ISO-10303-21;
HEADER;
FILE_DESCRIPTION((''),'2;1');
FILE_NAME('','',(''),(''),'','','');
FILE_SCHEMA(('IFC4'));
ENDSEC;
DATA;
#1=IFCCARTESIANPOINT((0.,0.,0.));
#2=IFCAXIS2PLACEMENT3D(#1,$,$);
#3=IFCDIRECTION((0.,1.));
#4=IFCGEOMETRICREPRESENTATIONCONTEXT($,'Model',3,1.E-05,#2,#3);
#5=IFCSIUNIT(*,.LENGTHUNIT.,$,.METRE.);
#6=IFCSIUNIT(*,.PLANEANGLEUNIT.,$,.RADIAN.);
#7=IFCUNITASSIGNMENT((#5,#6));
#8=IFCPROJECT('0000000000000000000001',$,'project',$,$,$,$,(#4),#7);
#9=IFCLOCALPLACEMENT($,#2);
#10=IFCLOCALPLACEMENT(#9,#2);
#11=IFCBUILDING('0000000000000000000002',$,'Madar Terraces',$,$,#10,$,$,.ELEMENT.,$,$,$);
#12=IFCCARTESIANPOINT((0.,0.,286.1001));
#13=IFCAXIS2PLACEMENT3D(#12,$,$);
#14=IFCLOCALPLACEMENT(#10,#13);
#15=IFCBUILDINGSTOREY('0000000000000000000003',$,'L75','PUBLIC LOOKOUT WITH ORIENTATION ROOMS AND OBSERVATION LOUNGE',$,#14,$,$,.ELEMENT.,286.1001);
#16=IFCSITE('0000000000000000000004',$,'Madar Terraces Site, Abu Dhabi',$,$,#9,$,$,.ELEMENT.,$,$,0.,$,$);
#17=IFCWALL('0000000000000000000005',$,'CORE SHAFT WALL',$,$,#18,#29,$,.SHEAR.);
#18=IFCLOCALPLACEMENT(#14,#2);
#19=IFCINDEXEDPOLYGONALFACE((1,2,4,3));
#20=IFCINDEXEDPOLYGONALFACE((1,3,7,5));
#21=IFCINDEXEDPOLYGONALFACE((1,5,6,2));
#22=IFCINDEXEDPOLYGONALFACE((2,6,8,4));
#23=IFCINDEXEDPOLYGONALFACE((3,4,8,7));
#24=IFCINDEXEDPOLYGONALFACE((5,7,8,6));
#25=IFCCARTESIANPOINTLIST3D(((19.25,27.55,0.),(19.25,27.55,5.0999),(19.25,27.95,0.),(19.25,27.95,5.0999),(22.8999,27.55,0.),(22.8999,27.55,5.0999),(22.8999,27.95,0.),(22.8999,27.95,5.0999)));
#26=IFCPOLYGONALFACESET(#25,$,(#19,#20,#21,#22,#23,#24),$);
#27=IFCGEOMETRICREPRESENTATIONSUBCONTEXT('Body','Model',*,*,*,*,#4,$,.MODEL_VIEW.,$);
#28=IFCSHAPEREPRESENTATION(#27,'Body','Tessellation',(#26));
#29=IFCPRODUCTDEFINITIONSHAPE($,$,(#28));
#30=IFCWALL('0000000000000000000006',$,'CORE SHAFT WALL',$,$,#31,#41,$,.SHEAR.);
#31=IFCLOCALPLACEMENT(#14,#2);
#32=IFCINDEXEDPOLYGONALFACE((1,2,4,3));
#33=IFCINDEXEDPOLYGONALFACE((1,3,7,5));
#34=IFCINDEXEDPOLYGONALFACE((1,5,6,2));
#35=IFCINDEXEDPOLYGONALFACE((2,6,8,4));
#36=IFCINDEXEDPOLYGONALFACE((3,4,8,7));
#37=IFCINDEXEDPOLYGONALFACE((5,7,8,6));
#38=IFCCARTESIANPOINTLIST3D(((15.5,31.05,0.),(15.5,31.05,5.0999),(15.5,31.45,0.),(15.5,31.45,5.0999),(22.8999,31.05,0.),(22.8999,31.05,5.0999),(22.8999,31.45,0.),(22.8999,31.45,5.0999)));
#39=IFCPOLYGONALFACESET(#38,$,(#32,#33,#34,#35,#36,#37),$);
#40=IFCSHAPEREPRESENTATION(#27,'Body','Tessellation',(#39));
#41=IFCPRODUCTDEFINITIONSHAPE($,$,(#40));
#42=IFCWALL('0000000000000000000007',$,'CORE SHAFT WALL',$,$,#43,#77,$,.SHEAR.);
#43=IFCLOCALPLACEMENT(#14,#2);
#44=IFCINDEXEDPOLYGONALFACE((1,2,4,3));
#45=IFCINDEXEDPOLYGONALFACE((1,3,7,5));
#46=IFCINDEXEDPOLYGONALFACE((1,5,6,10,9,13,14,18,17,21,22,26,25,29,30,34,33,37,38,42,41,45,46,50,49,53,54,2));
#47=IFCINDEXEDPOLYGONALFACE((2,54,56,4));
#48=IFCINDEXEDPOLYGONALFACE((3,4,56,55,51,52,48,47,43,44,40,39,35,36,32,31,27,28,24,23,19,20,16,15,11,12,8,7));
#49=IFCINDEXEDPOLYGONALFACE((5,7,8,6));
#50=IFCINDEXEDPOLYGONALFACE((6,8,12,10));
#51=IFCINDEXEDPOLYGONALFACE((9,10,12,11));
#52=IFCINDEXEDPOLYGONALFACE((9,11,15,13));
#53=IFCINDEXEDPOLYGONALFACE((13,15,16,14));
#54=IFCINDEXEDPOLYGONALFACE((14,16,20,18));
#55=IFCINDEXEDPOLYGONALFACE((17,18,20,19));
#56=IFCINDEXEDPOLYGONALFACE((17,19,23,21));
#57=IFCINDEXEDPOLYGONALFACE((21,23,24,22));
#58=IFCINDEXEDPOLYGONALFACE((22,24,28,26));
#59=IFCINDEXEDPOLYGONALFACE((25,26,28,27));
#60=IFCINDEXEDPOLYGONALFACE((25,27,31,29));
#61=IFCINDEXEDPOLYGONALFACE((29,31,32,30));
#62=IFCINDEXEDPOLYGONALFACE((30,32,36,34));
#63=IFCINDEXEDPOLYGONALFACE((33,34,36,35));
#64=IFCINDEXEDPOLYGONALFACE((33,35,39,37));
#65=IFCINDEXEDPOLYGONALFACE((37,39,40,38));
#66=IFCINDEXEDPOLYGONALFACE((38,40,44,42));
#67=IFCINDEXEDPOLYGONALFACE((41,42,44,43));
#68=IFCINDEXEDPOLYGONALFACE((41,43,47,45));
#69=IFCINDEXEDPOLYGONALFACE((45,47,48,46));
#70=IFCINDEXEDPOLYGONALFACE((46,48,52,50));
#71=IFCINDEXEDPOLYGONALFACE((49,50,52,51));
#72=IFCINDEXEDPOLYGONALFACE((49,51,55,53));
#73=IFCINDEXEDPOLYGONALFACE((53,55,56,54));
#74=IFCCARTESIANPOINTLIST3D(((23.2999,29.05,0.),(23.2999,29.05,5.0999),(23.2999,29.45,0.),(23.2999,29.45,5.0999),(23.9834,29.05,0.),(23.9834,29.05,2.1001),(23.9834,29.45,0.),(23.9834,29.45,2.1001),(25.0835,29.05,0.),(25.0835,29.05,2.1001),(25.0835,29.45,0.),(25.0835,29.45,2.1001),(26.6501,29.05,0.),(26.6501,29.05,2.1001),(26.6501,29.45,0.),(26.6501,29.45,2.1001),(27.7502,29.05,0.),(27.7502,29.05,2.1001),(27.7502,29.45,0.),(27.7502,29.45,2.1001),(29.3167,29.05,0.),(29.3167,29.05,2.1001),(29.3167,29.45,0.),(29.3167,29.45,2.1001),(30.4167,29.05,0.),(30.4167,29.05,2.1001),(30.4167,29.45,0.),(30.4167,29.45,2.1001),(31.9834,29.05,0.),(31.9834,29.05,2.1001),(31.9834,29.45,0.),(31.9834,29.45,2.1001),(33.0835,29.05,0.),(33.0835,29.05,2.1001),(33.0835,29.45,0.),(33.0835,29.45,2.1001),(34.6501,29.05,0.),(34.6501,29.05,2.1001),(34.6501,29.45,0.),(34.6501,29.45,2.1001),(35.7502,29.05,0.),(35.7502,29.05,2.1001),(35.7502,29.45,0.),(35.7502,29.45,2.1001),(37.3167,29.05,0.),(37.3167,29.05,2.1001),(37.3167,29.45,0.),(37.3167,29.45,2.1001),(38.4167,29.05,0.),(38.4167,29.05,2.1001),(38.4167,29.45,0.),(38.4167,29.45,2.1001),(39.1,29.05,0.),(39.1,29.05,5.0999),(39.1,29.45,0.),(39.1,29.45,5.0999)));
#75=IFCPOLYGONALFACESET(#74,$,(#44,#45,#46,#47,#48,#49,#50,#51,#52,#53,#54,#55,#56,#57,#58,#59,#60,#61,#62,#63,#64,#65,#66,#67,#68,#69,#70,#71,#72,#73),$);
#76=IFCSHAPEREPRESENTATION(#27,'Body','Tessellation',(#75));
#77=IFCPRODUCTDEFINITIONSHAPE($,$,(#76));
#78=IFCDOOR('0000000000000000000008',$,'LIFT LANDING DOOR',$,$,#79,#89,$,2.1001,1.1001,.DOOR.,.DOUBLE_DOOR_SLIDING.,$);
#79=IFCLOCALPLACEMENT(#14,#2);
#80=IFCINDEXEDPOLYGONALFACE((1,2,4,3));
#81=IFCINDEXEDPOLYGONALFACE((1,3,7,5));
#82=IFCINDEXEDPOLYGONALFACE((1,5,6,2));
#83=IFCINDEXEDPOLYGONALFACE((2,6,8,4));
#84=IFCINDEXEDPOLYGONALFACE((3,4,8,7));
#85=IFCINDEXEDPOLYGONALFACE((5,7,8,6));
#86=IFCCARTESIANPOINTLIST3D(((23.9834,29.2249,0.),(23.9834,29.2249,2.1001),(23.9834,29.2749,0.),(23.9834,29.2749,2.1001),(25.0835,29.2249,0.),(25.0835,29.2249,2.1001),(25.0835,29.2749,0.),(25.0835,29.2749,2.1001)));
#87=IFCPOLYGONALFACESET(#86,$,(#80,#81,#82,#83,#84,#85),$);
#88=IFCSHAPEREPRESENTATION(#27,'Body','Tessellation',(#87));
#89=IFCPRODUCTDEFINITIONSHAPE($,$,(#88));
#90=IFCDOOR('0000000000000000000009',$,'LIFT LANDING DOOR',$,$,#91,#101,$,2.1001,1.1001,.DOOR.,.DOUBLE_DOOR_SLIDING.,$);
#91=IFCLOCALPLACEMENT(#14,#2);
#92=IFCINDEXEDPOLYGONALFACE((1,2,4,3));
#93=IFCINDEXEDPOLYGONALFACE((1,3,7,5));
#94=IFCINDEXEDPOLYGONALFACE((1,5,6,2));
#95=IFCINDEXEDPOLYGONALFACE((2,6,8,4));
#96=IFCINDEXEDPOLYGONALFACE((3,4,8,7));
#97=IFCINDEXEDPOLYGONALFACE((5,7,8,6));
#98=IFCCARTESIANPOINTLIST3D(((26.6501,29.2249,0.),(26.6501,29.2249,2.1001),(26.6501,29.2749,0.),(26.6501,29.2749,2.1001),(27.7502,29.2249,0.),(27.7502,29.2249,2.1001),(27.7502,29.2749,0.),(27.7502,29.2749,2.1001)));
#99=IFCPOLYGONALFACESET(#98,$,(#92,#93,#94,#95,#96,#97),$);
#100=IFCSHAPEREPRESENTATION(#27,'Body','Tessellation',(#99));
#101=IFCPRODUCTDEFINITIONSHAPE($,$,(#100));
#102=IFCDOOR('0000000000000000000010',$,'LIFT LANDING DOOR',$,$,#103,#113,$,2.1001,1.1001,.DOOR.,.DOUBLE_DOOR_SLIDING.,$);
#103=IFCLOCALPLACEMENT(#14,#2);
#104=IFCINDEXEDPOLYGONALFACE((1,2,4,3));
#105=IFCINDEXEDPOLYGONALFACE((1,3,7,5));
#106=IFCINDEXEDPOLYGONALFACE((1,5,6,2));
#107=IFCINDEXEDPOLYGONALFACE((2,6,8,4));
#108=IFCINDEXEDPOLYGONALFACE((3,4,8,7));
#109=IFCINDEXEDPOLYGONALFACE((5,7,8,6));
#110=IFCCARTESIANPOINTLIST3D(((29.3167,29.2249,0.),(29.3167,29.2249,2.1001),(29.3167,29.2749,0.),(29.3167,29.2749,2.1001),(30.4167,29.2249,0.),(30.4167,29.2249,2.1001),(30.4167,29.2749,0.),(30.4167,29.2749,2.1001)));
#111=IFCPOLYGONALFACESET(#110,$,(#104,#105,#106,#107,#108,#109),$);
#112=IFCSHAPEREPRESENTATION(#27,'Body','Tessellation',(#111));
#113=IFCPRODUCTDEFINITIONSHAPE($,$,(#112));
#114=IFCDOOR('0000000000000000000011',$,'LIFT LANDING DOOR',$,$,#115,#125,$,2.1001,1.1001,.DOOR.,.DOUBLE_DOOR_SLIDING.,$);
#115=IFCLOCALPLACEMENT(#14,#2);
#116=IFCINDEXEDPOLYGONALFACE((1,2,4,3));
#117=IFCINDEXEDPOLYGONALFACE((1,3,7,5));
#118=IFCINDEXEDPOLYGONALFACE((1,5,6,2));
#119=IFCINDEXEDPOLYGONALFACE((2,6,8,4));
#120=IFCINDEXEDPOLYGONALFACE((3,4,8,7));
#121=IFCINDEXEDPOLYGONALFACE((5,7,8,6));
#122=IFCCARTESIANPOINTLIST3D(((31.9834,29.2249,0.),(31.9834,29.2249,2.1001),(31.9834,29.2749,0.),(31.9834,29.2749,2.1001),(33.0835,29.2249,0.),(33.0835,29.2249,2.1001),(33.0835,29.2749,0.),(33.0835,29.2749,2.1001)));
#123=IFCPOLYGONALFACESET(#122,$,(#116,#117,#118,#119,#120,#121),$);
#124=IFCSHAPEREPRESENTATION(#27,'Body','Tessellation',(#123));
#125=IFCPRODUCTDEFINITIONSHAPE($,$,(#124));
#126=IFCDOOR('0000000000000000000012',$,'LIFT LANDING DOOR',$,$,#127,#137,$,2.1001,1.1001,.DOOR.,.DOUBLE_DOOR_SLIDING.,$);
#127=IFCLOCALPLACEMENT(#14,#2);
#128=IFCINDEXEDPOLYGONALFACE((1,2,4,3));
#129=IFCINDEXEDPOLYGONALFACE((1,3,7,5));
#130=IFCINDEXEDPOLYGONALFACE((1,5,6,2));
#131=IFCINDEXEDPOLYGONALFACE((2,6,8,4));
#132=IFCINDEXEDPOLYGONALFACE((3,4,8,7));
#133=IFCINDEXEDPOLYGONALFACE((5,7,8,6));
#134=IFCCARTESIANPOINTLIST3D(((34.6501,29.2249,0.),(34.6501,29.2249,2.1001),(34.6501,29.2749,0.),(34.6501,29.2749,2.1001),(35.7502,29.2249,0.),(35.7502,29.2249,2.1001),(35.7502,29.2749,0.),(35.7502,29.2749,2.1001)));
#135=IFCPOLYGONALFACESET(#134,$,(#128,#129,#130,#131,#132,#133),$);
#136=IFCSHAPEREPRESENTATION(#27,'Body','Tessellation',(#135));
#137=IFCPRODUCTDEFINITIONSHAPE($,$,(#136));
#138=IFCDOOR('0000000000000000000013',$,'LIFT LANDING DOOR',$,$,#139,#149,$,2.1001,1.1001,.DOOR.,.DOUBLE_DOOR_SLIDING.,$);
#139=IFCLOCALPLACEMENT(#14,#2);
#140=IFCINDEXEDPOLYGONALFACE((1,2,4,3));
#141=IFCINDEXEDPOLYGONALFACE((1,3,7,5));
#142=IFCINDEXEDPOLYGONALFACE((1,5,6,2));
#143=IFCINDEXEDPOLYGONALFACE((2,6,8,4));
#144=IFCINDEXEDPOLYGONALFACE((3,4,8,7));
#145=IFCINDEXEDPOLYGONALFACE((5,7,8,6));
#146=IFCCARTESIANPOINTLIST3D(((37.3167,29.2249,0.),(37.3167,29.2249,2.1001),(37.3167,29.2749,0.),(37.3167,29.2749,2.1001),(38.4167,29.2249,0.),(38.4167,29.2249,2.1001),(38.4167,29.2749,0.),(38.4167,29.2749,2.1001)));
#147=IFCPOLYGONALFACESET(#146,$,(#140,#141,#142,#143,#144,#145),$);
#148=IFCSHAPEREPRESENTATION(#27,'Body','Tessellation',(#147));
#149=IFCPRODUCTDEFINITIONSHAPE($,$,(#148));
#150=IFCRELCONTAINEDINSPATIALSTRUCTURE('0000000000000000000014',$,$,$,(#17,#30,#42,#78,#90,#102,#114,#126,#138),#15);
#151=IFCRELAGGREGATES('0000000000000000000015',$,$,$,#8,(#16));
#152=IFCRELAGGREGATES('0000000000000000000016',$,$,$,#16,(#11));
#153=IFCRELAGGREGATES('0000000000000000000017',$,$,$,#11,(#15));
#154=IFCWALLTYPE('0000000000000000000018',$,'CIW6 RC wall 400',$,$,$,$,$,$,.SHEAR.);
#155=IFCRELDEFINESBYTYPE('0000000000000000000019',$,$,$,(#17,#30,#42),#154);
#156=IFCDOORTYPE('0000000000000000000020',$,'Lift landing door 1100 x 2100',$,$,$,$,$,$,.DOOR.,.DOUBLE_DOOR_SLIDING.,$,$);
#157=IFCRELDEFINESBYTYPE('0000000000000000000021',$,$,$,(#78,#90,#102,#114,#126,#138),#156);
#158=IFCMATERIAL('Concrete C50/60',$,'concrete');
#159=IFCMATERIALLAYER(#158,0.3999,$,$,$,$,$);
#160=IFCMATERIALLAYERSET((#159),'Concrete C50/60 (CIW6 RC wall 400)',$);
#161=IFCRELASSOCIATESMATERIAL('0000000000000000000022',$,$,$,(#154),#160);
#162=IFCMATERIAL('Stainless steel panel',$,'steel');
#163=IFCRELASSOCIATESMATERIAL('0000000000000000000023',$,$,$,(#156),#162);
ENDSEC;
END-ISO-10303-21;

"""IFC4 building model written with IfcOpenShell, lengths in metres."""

from ifc_helpers import new_model, si_unit, direction, frame, frame_2d, origin, place, context, subcontext, project, spatial, rectangle, extrude, material, layer, layer_set, type_object, element, fill, save


model = new_model("IFC4")

# Units and contexts
model_context = context("Model", 3, precision=1e-05, world=origin(), true_north=direction((0.0, 1.0)))
body_context = subcontext(model_context, "Body", "Model", "MODEL_VIEW")
ifc_project = project(units=[si_unit("LENGTHUNIT", "METRE"), si_unit("PLANEANGLEUNIT", "RADIAN")], contexts=[model_context])

# Site, building, storey
site_placement = place(None, origin())
site = spatial("IfcSite", under=ifc_project, at=site_placement, Name="Madar Terraces Site, Abu Dhabi", CompositionType="ELEMENT", RefElevation=0.0)
building_placement = place(site_placement, origin())
building = spatial("IfcBuilding", under=site, at=building_placement, Name="Madar Terraces", CompositionType="ELEMENT")
storey_placement = place(building_placement, frame((0.0, 0.0, 286.1001)))
storey = spatial("IfcBuildingStorey", under=building, at=storey_placement, Name="L75", Description="PUBLIC LOOKOUT WITH ORIENTATION ROOMS AND OBSERVATION LOUNGE", CompositionType="ELEMENT", Elevation=286.1001)

# Walls
ifc_material_1 = material(Name="Concrete C50/60", Category="concrete")
ifc_layer_1 = layer(ifc_material_1, 0.3999)
ifc_layer_set_1 = layer_set([ifc_layer_1], Name="Concrete C50/60 (CIW6 RC wall 400)")
wall_type_1 = type_object("IfcWallType", Name="CIW6 RC wall 400", PredefinedType="SHEAR", material=ifc_layer_set_1)
wall_1_placement = place(storey_placement, frame((19.25, 27.75, 0.0), z_axis=(0.0, 0.0, 1.0), x_axis=(1.0, 0.0, 0.0)))
element("IfcWall", 1, at=wall_1_placement, inside=storey, type_object=wall_type_1, Name="CORE SHAFT WALL", PredefinedType="SHEAR", context=body_context, shape_type="SweptSolid", body=[
    extrude(rectangle(XDim=3.6499, YDim=0.3999, at=frame_2d((1.825, 0.0))), origin(), (0.0, 0.0, 1.0), 5.0999),
])
wall_2_placement = place(storey_placement, frame((15.5, 31.25, 0.0), z_axis=(0.0, 0.0, 1.0), x_axis=(1.0, 0.0, 0.0)))
element("IfcWall", 2, at=wall_2_placement, inside=storey, type_object=wall_type_1, Name="CORE SHAFT WALL", PredefinedType="SHEAR", context=body_context, shape_type="SweptSolid", body=[
    extrude(rectangle(XDim=7.3999, YDim=0.3999, at=frame_2d((3.7, 0.0))), origin(), (0.0, 0.0, 1.0), 5.0999),
])

# Wall, openings, doors
wall_3_placement = place(storey_placement, frame((23.3, 29.25, 0.0), z_axis=(0.0, 0.0, 1.0), x_axis=(1.0, 0.0, 0.0)))
wall_3 = element("IfcWall", 3, at=wall_3_placement, inside=storey, type_object=wall_type_1, Name="CORE SHAFT WALL", PredefinedType="SHEAR", context=body_context, shape_type="SweptSolid", body=[
    extrude(rectangle(XDim=15.8, YDim=0.3999, at=frame_2d((7.8999, 0.0))), origin(), (0.0, 0.0, 1.0), 5.0999),
])
opening_1_placement = place(wall_3_placement, frame((0.6833, 0.0, 0.0)))
opening_1 = element("IfcOpeningElement", 4, at=opening_1_placement, cuts=wall_3, PredefinedType="OPENING", context=body_context, shape_type="SweptSolid", body=[
    extrude(rectangle(XDim=1.1001, YDim=2.1001, at=frame_2d((0.55, 1.05))), frame((0.0, 0.21, 0.0), z_axis=(0.0, -1.0, 0.0), x_axis=(1.0, 0.0, 0.0)), (0.0, 0.0, 1.0), 0.4199),
])
opening_2_placement = place(wall_3_placement, frame((3.3501, 0.0, 0.0)))
opening_2 = element("IfcOpeningElement", 5, at=opening_2_placement, cuts=wall_3, PredefinedType="OPENING", context=body_context, shape_type="SweptSolid", body=[
    extrude(rectangle(XDim=1.1001, YDim=2.1001, at=frame_2d((0.55, 1.05))), frame((0.0, 0.21, 0.0), z_axis=(0.0, -1.0, 0.0), x_axis=(1.0, 0.0, 0.0)), (0.0, 0.0, 1.0), 0.4199),
])
opening_3_placement = place(wall_3_placement, frame((6.0166, 0.0, 0.0)))
opening_3 = element("IfcOpeningElement", 6, at=opening_3_placement, cuts=wall_3, PredefinedType="OPENING", context=body_context, shape_type="SweptSolid", body=[
    extrude(rectangle(XDim=1.1001, YDim=2.1001, at=frame_2d((0.55, 1.05))), frame((0.0, 0.21, 0.0), z_axis=(0.0, -1.0, 0.0), x_axis=(1.0, 0.0, 0.0)), (0.0, 0.0, 1.0), 0.4199),
])
opening_4_placement = place(wall_3_placement, frame((8.6833, 0.0, 0.0)))
opening_4 = element("IfcOpeningElement", 7, at=opening_4_placement, cuts=wall_3, PredefinedType="OPENING", context=body_context, shape_type="SweptSolid", body=[
    extrude(rectangle(XDim=1.1001, YDim=2.1001, at=frame_2d((0.55, 1.05))), frame((0.0, 0.21, 0.0), z_axis=(0.0, -1.0, 0.0), x_axis=(1.0, 0.0, 0.0)), (0.0, 0.0, 1.0), 0.4199),
])
opening_5_placement = place(wall_3_placement, frame((11.3501, 0.0, 0.0)))
opening_5 = element("IfcOpeningElement", 8, at=opening_5_placement, cuts=wall_3, PredefinedType="OPENING", context=body_context, shape_type="SweptSolid", body=[
    extrude(rectangle(XDim=1.1001, YDim=2.1001, at=frame_2d((0.55, 1.05))), frame((0.0, 0.21, 0.0), z_axis=(0.0, -1.0, 0.0), x_axis=(1.0, 0.0, 0.0)), (0.0, 0.0, 1.0), 0.4199),
])
opening_6_placement = place(wall_3_placement, frame((14.0166, 0.0, 0.0)))
opening_6 = element("IfcOpeningElement", 9, at=opening_6_placement, cuts=wall_3, PredefinedType="OPENING", context=body_context, shape_type="SweptSolid", body=[
    extrude(rectangle(XDim=1.1001, YDim=2.1001, at=frame_2d((0.55, 1.05))), frame((0.0, 0.21, 0.0), z_axis=(0.0, -1.0, 0.0), x_axis=(1.0, 0.0, 0.0)), (0.0, 0.0, 1.0), 0.4199),
])
ifc_material_2 = material(Name="Stainless steel panel", Category="steel")
door_type_1 = type_object("IfcDoorType", Name="Lift landing door 1100 x 2100", OperationType="DOUBLE_DOOR_SLIDING", PredefinedType="DOOR", material=ifc_material_2)
door_1_placement = place(opening_1_placement, origin())
door_1 = element("IfcDoor", 10, at=door_1_placement, inside=storey, type_object=door_type_1, Name="LIFT LANDING DOOR", OperationType="DOUBLE_DOOR_SLIDING", OverallHeight=2.1001, OverallWidth=1.1001, PredefinedType="DOOR", context=body_context, shape_type="SweptSolid", body=[
    extrude(rectangle(XDim=1.1001, YDim=2.1001, at=frame_2d((0.55, 1.05))), frame((0.0, 0.0249, 0.0), z_axis=(0.0, -1.0, 0.0), x_axis=(1.0, 0.0, 0.0)), (0.0, 0.0, 1.0), 0.05),
])
fill(opening_1, door_1)
door_2_placement = place(opening_2_placement, origin())
door_2 = element("IfcDoor", 11, at=door_2_placement, inside=storey, type_object=door_type_1, Name="LIFT LANDING DOOR", OperationType="DOUBLE_DOOR_SLIDING", OverallHeight=2.1001, OverallWidth=1.1001, PredefinedType="DOOR", context=body_context, shape_type="SweptSolid", body=[
    extrude(rectangle(XDim=1.1001, YDim=2.1001, at=frame_2d((0.55, 1.05))), frame((0.0, 0.0249, 0.0), z_axis=(0.0, -1.0, 0.0), x_axis=(1.0, 0.0, 0.0)), (0.0, 0.0, 1.0), 0.05),
])
fill(opening_2, door_2)
door_3_placement = place(opening_3_placement, origin())
door_3 = element("IfcDoor", 12, at=door_3_placement, inside=storey, type_object=door_type_1, Name="LIFT LANDING DOOR", OperationType="DOUBLE_DOOR_SLIDING", OverallHeight=2.1001, OverallWidth=1.1001, PredefinedType="DOOR", context=body_context, shape_type="SweptSolid", body=[
    extrude(rectangle(XDim=1.1001, YDim=2.1001, at=frame_2d((0.55, 1.05))), frame((0.0, 0.0249, 0.0), z_axis=(0.0, -1.0, 0.0), x_axis=(1.0, 0.0, 0.0)), (0.0, 0.0, 1.0), 0.05),
])
fill(opening_3, door_3)
door_4_placement = place(opening_4_placement, origin())
door_4 = element("IfcDoor", 13, at=door_4_placement, inside=storey, type_object=door_type_1, Name="LIFT LANDING DOOR", OperationType="DOUBLE_DOOR_SLIDING", OverallHeight=2.1001, OverallWidth=1.1001, PredefinedType="DOOR", context=body_context, shape_type="SweptSolid", body=[
    extrude(rectangle(XDim=1.1001, YDim=2.1001, at=frame_2d((0.55, 1.05))), frame((0.0, 0.0249, 0.0), z_axis=(0.0, -1.0, 0.0), x_axis=(1.0, 0.0, 0.0)), (0.0, 0.0, 1.0), 0.05),
])
fill(opening_4, door_4)
door_5_placement = place(opening_5_placement, origin())
door_5 = element("IfcDoor", 14, at=door_5_placement, inside=storey, type_object=door_type_1, Name="LIFT LANDING DOOR", OperationType="DOUBLE_DOOR_SLIDING", OverallHeight=2.1001, OverallWidth=1.1001, PredefinedType="DOOR", context=body_context, shape_type="SweptSolid", body=[
    extrude(rectangle(XDim=1.1001, YDim=2.1001, at=frame_2d((0.55, 1.05))), frame((0.0, 0.0249, 0.0), z_axis=(0.0, -1.0, 0.0), x_axis=(1.0, 0.0, 0.0)), (0.0, 0.0, 1.0), 0.05),
])
fill(opening_5, door_5)
door_6_placement = place(opening_6_placement, origin())
door_6 = element("IfcDoor", 15, at=door_6_placement, inside=storey, type_object=door_type_1, Name="LIFT LANDING DOOR", OperationType="DOUBLE_DOOR_SLIDING", OverallHeight=2.1001, OverallWidth=1.1001, PredefinedType="DOOR", context=body_context, shape_type="SweptSolid", body=[
    extrude(rectangle(XDim=1.1001, YDim=2.1001, at=frame_2d((0.55, 1.05))), frame((0.0, 0.0249, 0.0), z_axis=(0.0, -1.0, 0.0), x_axis=(1.0, 0.0, 0.0)), (0.0, 0.0, 1.0), 0.05),
])
fill(opening_6, door_6)

save(model, "model.ifc")
